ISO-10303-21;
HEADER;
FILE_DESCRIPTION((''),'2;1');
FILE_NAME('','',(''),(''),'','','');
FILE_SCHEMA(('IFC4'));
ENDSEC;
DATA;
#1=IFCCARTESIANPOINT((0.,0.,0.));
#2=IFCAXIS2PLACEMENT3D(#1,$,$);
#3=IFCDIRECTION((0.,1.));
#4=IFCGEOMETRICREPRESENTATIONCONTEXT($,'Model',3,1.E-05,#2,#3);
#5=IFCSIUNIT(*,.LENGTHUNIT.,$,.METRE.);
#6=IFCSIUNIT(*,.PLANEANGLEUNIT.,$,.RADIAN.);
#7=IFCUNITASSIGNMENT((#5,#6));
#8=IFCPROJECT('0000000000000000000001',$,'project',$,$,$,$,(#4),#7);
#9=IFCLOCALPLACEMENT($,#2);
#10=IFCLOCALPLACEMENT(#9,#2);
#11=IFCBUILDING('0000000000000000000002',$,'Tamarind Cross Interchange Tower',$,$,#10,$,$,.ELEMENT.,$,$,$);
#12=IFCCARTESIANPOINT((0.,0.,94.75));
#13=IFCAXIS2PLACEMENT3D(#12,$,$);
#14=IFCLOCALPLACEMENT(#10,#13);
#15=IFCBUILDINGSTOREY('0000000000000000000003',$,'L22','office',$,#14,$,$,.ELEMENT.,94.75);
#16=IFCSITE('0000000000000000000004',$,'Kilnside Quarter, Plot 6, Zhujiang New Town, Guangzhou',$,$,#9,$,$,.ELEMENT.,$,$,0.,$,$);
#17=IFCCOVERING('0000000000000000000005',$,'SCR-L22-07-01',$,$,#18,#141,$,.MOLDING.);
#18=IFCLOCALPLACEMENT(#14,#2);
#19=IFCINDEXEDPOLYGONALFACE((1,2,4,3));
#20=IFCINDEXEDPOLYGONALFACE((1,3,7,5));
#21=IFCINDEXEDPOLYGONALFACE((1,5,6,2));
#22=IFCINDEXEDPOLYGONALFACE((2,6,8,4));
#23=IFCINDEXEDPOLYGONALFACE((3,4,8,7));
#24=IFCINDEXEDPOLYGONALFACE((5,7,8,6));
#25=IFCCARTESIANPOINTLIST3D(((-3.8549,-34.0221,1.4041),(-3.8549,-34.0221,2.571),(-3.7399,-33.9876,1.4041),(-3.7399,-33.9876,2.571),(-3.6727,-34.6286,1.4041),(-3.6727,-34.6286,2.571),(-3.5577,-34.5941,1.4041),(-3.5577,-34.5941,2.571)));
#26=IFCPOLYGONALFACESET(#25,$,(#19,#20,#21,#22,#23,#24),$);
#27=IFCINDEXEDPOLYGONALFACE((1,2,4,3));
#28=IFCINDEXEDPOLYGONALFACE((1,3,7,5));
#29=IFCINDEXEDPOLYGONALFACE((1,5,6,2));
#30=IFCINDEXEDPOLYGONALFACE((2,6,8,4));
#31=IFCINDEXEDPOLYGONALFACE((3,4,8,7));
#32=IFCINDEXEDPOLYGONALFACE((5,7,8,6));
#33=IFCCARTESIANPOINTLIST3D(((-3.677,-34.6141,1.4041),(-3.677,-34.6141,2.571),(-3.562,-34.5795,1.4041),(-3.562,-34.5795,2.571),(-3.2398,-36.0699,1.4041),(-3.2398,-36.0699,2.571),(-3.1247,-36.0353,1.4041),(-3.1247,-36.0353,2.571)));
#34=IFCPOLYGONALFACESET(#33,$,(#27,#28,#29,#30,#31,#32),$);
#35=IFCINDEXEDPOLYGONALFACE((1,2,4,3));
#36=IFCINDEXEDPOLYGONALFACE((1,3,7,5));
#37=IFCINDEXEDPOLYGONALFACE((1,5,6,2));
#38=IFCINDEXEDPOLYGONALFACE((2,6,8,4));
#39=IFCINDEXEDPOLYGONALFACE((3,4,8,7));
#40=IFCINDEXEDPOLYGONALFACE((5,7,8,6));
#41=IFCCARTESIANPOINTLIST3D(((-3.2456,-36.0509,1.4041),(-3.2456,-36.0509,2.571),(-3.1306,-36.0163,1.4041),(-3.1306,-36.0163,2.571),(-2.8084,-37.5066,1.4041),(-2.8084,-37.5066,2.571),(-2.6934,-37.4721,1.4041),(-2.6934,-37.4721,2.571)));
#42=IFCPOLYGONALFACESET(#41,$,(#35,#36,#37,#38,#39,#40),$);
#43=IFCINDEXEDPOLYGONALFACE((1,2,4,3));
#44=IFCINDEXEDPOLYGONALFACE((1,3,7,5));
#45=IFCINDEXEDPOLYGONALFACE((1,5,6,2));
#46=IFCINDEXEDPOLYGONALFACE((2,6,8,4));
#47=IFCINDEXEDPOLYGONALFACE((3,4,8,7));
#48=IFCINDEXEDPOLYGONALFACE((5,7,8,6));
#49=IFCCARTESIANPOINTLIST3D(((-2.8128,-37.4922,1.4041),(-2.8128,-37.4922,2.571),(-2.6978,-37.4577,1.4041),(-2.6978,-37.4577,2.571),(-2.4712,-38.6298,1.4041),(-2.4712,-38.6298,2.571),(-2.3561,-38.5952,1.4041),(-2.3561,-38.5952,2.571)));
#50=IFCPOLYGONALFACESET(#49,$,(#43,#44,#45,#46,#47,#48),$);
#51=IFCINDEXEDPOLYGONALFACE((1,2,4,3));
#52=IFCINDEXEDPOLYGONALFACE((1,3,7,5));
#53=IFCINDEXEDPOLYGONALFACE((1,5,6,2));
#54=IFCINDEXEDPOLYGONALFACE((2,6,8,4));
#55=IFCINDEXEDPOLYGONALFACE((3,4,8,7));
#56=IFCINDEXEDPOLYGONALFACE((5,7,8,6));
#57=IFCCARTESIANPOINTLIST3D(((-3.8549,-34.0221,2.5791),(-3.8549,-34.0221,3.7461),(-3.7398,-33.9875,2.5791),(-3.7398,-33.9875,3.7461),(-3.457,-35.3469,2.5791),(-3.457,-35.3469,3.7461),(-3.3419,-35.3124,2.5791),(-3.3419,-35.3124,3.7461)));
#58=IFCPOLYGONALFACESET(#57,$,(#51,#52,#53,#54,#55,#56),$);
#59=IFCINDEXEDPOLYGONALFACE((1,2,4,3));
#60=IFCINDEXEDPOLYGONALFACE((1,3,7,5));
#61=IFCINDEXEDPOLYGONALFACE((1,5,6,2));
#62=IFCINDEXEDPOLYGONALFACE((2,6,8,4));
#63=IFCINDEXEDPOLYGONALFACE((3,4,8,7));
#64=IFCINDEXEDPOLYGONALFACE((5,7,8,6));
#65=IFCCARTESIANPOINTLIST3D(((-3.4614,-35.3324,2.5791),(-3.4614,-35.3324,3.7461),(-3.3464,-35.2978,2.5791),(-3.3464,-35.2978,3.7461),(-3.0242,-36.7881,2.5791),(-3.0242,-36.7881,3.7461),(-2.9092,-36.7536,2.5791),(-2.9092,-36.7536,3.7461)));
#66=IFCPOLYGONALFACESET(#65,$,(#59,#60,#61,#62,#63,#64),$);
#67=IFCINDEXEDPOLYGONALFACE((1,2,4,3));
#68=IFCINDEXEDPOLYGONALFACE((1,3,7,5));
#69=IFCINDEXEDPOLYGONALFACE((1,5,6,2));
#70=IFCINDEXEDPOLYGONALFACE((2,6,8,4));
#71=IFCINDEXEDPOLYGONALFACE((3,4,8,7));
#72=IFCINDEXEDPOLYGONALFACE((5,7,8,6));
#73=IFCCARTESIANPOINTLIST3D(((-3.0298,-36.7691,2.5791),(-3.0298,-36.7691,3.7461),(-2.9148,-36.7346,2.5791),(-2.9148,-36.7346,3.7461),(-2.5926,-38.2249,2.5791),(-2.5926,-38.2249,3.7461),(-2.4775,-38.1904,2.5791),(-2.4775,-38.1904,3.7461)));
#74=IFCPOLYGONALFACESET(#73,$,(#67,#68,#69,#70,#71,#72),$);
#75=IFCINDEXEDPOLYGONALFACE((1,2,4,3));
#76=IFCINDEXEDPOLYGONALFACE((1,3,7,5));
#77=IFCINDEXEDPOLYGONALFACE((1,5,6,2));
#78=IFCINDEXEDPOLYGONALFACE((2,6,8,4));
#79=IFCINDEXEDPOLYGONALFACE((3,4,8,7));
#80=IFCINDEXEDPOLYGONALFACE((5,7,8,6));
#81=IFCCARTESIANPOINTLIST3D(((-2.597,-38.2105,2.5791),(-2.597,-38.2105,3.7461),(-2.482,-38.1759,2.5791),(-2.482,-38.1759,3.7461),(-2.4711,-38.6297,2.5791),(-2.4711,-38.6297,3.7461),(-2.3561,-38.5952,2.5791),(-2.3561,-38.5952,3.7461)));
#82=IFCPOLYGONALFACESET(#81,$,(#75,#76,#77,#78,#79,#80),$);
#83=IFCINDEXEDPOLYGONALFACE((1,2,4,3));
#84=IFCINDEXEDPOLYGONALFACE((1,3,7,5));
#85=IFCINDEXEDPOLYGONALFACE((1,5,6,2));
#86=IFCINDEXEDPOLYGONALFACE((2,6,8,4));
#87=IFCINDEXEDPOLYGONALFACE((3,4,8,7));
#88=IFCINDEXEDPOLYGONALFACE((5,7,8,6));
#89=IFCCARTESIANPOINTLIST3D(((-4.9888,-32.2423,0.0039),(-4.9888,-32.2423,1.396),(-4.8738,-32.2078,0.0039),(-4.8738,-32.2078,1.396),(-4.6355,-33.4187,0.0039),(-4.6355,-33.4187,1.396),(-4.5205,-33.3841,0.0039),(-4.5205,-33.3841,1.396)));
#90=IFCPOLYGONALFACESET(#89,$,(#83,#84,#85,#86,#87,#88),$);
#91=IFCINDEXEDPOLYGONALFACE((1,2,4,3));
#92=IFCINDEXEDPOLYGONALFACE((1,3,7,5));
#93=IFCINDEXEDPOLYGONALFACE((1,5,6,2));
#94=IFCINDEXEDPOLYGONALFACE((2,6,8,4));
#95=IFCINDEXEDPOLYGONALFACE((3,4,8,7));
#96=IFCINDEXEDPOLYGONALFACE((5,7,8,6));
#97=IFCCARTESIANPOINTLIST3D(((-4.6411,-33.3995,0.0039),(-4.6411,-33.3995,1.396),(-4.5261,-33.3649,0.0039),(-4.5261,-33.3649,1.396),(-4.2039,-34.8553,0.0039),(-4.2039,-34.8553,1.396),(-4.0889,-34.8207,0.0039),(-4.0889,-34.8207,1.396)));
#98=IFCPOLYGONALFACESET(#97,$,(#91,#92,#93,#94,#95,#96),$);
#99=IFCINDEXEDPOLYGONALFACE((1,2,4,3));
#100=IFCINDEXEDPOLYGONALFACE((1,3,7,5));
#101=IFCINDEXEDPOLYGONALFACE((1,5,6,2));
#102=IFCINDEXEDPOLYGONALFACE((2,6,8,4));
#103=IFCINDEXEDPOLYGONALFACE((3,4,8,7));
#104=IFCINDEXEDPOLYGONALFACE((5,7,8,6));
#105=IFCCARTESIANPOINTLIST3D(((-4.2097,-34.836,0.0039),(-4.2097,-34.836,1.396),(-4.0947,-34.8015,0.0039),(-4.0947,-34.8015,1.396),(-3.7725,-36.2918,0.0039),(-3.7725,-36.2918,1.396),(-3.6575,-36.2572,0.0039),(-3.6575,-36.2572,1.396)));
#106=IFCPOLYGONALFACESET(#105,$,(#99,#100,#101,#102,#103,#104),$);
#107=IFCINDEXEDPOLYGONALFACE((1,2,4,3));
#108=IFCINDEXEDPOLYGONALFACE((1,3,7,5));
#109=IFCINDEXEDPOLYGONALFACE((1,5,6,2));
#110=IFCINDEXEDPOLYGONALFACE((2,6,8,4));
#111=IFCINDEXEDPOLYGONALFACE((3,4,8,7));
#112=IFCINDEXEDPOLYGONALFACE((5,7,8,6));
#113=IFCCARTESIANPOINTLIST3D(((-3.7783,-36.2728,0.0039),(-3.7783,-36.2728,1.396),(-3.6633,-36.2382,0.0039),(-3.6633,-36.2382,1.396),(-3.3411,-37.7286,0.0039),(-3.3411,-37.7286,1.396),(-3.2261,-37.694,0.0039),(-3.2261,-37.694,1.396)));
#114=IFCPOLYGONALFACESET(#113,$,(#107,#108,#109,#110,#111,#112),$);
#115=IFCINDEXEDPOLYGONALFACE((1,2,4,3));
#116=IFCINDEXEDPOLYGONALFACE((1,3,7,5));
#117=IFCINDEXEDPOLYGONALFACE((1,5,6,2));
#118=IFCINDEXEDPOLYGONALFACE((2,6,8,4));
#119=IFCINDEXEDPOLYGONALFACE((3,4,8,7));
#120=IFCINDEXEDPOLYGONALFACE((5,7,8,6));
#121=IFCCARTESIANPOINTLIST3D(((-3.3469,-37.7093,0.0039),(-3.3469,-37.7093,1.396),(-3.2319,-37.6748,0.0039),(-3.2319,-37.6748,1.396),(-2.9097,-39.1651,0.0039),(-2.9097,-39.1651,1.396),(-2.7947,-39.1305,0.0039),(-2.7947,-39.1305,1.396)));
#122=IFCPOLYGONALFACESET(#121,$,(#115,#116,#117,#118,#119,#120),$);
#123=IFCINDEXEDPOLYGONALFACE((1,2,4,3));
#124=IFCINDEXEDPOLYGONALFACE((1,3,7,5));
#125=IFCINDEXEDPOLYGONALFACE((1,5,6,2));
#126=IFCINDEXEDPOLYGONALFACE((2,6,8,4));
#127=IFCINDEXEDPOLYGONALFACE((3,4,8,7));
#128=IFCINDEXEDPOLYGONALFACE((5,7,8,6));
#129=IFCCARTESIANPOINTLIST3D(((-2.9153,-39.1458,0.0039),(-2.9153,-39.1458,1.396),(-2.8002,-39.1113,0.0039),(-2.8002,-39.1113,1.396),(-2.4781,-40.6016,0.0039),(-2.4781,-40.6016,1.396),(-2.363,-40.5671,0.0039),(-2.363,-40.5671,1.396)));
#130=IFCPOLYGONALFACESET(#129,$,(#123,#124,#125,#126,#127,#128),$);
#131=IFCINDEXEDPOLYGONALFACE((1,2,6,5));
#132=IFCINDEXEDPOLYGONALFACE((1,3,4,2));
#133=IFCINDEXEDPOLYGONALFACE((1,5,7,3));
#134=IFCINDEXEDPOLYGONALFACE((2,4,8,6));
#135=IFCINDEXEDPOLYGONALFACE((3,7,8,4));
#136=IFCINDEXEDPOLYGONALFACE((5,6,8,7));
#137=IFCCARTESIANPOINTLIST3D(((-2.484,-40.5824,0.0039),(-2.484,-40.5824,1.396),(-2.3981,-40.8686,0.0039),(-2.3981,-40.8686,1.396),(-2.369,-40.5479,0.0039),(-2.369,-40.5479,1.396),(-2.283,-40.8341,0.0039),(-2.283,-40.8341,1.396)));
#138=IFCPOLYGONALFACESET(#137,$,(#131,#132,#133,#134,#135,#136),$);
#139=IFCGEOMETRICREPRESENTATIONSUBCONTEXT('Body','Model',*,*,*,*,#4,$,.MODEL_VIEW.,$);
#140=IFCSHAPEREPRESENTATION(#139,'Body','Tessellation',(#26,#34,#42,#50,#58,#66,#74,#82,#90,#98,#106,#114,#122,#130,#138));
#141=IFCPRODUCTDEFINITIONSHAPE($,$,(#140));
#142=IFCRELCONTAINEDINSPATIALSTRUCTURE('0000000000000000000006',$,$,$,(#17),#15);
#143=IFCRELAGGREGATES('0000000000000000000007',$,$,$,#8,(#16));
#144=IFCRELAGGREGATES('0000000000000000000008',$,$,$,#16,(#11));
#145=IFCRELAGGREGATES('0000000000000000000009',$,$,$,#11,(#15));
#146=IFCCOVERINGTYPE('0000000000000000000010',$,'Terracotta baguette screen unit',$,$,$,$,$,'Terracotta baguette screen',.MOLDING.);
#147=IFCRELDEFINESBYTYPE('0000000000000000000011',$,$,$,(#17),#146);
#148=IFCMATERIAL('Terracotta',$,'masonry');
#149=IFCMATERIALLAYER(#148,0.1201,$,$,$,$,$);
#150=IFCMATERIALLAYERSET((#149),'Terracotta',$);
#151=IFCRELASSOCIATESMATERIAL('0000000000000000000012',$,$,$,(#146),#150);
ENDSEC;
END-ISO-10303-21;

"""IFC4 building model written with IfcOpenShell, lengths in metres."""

from ifc_helpers import new_model, si_unit, direction, frame, origin, origin_2d, place, context, subcontext, project, spatial, rectangle, extrude, material, layer, layer_set, type_object, element, save


model = new_model("IFC4")

# Units and contexts
model_context = context("Model", 3, precision=1e-05, world=origin(), true_north=direction((0.0, 1.0)))
body_context = subcontext(model_context, "Body", "Model", "MODEL_VIEW")
ifc_project = project(units=[si_unit("LENGTHUNIT", "METRE"), si_unit("PLANEANGLEUNIT", "RADIAN")], contexts=[model_context])

# Site, building, storey
site_placement = place(None, origin())
site = spatial("IfcSite", under=ifc_project, at=site_placement, Name="Kilnside Quarter, Plot 6, Zhujiang New Town, Guangzhou", CompositionType="ELEMENT", RefElevation=0.0)
building_placement = place(site_placement, origin())
building = spatial("IfcBuilding", under=site, at=building_placement, Name="Tamarind Cross Interchange Tower", CompositionType="ELEMENT")
storey_placement = place(building_placement, frame((0.0, 0.0, 94.75)))
storey = spatial("IfcBuildingStorey", under=building, at=storey_placement, Name="L22", Description="office", CompositionType="ELEMENT", Elevation=94.75)

# Covering
ifc_material_1 = material(Name="Terracotta", Category="masonry")
ifc_layer_1 = layer(ifc_material_1, 0.1201)
ifc_layer_set_1 = layer_set([ifc_layer_1], Name="Terracotta")
covering_type = type_object("IfcCoveringType", Name="Terracotta baguette screen unit", ElementType="Terracotta baguette screen", PredefinedType="MOLDING", material=ifc_layer_set_1)
covering_1_placement = place(storey_placement, origin())
element("IfcCovering", 1, at=covering_1_placement, inside=storey, type_object=covering_type, Name="SCR-L22-07-01", PredefinedType="MOLDING", context=body_context, shape_type="SweptSolid", body=[
    extrude(rectangle(XDim=0.6333, YDim=0.1201, at=origin_2d()), frame((-3.7063, -34.3081, 1.4041), z_axis=(0.0, 0.0, 1.0), x_axis=(0.287641, -0.957738, 0.0)), (0.0, 0.0, 1.0), 1.167),
    extrude(rectangle(XDim=1.52, YDim=0.1201, at=origin_2d()), frame((-3.4009, -35.3247, 1.4041), z_axis=(0.0, 0.0, 1.0), x_axis=(0.287641, -0.957738, 0.0)), (0.0, 0.0, 1.0), 1.167),
    extrude(rectangle(XDim=1.52, YDim=0.1201, at=origin_2d()), frame((-2.9695, -36.7615, 1.4041), z_axis=(0.0, 0.0, 1.0), x_axis=(0.287641, -0.957738, 0.0)), (0.0, 0.0, 1.0), 1.167),
    extrude(rectangle(XDim=1.1877, YDim=0.1201, at=origin_2d()), frame((-2.5845, -38.0437, 1.4041), z_axis=(0.0, 0.0, 1.0), x_axis=(0.287641, -0.957738, 0.0)), (0.0, 0.0, 1.0), 1.167),
    extrude(rectangle(XDim=1.3833, YDim=0.1201, at=origin_2d()), frame((-3.5984, -34.6672, 2.5791), z_axis=(0.0, 0.0, 1.0), x_axis=(0.287641, -0.957738, 0.0)), (0.0, 0.0, 1.0), 1.167),
    extrude(rectangle(XDim=1.52, YDim=0.1201, at=origin_2d()), frame((-3.1853, -36.043, 2.5791), z_axis=(0.0, 0.0, 1.0), x_axis=(0.287641, -0.957738, 0.0)), (0.0, 0.0, 1.0), 1.167),
    extrude(rectangle(XDim=1.52, YDim=0.1201, at=origin_2d()), frame((-2.7537, -37.4797, 2.5791), z_axis=(0.0, 0.0, 1.0), x_axis=(0.287641, -0.957738, 0.0)), (0.0, 0.0, 1.0), 1.167),
    extrude(rectangle(XDim=0.4377, YDim=0.1201, at=origin_2d()), frame((-2.4766, -38.4028, 2.5791), z_axis=(0.0, 0.0, 1.0), x_axis=(0.287641, -0.957738, 0.0)), (0.0, 0.0, 1.0), 1.167),
    extrude(rectangle(XDim=1.2283, YDim=0.1201, at=origin_2d()), frame((-4.7546, -32.8132, 0.0039), z_axis=(0.0, 0.0, 1.0), x_axis=(0.287641, -0.957738, 0.0)), (0.0, 0.0, 1.0), 1.3921),
    extrude(rectangle(XDim=1.52, YDim=0.1201, at=origin_2d()), frame((-4.365, -34.1101, 0.0039), z_axis=(0.0, 0.0, 1.0), x_axis=(0.287641, -0.957738, 0.0)), (0.0, 0.0, 1.0), 1.3921),
    extrude(rectangle(XDim=1.52, YDim=0.1201, at=origin_2d()), frame((-3.9336, -35.5466, 0.0039), z_axis=(0.0, 0.0, 1.0), x_axis=(0.287641, -0.957738, 0.0)), (0.0, 0.0, 1.0), 1.3921),
    extrude(rectangle(XDim=1.52, YDim=0.1201, at=origin_2d()), frame((-3.5022, -36.9834, 0.0039), z_axis=(0.0, 0.0, 1.0), x_axis=(0.287641, -0.957738, 0.0)), (0.0, 0.0, 1.0), 1.3921),
    extrude(rectangle(XDim=1.52, YDim=0.1201, at=origin_2d()), frame((-3.0708, -38.4199, 0.0039), z_axis=(0.0, 0.0, 1.0), x_axis=(0.287641, -0.957738, 0.0)), (0.0, 0.0, 1.0), 1.3921),
    extrude(rectangle(XDim=1.52, YDim=0.1201, at=origin_2d()), frame((-2.6392, -39.8564, 0.0039), z_axis=(0.0, 0.0, 1.0), x_axis=(0.287641, -0.957738, 0.0)), (0.0, 0.0, 1.0), 1.3921),
    extrude(rectangle(XDim=0.2988, YDim=0.1201, at=origin_2d()), frame((-2.3835, -40.7083, 0.0039), z_axis=(0.0, 0.0, 1.0), x_axis=(0.287641, -0.957738, 0.0)), (0.0, 0.0, 1.0), 1.3921),
])

save(model, "model.ifc")
